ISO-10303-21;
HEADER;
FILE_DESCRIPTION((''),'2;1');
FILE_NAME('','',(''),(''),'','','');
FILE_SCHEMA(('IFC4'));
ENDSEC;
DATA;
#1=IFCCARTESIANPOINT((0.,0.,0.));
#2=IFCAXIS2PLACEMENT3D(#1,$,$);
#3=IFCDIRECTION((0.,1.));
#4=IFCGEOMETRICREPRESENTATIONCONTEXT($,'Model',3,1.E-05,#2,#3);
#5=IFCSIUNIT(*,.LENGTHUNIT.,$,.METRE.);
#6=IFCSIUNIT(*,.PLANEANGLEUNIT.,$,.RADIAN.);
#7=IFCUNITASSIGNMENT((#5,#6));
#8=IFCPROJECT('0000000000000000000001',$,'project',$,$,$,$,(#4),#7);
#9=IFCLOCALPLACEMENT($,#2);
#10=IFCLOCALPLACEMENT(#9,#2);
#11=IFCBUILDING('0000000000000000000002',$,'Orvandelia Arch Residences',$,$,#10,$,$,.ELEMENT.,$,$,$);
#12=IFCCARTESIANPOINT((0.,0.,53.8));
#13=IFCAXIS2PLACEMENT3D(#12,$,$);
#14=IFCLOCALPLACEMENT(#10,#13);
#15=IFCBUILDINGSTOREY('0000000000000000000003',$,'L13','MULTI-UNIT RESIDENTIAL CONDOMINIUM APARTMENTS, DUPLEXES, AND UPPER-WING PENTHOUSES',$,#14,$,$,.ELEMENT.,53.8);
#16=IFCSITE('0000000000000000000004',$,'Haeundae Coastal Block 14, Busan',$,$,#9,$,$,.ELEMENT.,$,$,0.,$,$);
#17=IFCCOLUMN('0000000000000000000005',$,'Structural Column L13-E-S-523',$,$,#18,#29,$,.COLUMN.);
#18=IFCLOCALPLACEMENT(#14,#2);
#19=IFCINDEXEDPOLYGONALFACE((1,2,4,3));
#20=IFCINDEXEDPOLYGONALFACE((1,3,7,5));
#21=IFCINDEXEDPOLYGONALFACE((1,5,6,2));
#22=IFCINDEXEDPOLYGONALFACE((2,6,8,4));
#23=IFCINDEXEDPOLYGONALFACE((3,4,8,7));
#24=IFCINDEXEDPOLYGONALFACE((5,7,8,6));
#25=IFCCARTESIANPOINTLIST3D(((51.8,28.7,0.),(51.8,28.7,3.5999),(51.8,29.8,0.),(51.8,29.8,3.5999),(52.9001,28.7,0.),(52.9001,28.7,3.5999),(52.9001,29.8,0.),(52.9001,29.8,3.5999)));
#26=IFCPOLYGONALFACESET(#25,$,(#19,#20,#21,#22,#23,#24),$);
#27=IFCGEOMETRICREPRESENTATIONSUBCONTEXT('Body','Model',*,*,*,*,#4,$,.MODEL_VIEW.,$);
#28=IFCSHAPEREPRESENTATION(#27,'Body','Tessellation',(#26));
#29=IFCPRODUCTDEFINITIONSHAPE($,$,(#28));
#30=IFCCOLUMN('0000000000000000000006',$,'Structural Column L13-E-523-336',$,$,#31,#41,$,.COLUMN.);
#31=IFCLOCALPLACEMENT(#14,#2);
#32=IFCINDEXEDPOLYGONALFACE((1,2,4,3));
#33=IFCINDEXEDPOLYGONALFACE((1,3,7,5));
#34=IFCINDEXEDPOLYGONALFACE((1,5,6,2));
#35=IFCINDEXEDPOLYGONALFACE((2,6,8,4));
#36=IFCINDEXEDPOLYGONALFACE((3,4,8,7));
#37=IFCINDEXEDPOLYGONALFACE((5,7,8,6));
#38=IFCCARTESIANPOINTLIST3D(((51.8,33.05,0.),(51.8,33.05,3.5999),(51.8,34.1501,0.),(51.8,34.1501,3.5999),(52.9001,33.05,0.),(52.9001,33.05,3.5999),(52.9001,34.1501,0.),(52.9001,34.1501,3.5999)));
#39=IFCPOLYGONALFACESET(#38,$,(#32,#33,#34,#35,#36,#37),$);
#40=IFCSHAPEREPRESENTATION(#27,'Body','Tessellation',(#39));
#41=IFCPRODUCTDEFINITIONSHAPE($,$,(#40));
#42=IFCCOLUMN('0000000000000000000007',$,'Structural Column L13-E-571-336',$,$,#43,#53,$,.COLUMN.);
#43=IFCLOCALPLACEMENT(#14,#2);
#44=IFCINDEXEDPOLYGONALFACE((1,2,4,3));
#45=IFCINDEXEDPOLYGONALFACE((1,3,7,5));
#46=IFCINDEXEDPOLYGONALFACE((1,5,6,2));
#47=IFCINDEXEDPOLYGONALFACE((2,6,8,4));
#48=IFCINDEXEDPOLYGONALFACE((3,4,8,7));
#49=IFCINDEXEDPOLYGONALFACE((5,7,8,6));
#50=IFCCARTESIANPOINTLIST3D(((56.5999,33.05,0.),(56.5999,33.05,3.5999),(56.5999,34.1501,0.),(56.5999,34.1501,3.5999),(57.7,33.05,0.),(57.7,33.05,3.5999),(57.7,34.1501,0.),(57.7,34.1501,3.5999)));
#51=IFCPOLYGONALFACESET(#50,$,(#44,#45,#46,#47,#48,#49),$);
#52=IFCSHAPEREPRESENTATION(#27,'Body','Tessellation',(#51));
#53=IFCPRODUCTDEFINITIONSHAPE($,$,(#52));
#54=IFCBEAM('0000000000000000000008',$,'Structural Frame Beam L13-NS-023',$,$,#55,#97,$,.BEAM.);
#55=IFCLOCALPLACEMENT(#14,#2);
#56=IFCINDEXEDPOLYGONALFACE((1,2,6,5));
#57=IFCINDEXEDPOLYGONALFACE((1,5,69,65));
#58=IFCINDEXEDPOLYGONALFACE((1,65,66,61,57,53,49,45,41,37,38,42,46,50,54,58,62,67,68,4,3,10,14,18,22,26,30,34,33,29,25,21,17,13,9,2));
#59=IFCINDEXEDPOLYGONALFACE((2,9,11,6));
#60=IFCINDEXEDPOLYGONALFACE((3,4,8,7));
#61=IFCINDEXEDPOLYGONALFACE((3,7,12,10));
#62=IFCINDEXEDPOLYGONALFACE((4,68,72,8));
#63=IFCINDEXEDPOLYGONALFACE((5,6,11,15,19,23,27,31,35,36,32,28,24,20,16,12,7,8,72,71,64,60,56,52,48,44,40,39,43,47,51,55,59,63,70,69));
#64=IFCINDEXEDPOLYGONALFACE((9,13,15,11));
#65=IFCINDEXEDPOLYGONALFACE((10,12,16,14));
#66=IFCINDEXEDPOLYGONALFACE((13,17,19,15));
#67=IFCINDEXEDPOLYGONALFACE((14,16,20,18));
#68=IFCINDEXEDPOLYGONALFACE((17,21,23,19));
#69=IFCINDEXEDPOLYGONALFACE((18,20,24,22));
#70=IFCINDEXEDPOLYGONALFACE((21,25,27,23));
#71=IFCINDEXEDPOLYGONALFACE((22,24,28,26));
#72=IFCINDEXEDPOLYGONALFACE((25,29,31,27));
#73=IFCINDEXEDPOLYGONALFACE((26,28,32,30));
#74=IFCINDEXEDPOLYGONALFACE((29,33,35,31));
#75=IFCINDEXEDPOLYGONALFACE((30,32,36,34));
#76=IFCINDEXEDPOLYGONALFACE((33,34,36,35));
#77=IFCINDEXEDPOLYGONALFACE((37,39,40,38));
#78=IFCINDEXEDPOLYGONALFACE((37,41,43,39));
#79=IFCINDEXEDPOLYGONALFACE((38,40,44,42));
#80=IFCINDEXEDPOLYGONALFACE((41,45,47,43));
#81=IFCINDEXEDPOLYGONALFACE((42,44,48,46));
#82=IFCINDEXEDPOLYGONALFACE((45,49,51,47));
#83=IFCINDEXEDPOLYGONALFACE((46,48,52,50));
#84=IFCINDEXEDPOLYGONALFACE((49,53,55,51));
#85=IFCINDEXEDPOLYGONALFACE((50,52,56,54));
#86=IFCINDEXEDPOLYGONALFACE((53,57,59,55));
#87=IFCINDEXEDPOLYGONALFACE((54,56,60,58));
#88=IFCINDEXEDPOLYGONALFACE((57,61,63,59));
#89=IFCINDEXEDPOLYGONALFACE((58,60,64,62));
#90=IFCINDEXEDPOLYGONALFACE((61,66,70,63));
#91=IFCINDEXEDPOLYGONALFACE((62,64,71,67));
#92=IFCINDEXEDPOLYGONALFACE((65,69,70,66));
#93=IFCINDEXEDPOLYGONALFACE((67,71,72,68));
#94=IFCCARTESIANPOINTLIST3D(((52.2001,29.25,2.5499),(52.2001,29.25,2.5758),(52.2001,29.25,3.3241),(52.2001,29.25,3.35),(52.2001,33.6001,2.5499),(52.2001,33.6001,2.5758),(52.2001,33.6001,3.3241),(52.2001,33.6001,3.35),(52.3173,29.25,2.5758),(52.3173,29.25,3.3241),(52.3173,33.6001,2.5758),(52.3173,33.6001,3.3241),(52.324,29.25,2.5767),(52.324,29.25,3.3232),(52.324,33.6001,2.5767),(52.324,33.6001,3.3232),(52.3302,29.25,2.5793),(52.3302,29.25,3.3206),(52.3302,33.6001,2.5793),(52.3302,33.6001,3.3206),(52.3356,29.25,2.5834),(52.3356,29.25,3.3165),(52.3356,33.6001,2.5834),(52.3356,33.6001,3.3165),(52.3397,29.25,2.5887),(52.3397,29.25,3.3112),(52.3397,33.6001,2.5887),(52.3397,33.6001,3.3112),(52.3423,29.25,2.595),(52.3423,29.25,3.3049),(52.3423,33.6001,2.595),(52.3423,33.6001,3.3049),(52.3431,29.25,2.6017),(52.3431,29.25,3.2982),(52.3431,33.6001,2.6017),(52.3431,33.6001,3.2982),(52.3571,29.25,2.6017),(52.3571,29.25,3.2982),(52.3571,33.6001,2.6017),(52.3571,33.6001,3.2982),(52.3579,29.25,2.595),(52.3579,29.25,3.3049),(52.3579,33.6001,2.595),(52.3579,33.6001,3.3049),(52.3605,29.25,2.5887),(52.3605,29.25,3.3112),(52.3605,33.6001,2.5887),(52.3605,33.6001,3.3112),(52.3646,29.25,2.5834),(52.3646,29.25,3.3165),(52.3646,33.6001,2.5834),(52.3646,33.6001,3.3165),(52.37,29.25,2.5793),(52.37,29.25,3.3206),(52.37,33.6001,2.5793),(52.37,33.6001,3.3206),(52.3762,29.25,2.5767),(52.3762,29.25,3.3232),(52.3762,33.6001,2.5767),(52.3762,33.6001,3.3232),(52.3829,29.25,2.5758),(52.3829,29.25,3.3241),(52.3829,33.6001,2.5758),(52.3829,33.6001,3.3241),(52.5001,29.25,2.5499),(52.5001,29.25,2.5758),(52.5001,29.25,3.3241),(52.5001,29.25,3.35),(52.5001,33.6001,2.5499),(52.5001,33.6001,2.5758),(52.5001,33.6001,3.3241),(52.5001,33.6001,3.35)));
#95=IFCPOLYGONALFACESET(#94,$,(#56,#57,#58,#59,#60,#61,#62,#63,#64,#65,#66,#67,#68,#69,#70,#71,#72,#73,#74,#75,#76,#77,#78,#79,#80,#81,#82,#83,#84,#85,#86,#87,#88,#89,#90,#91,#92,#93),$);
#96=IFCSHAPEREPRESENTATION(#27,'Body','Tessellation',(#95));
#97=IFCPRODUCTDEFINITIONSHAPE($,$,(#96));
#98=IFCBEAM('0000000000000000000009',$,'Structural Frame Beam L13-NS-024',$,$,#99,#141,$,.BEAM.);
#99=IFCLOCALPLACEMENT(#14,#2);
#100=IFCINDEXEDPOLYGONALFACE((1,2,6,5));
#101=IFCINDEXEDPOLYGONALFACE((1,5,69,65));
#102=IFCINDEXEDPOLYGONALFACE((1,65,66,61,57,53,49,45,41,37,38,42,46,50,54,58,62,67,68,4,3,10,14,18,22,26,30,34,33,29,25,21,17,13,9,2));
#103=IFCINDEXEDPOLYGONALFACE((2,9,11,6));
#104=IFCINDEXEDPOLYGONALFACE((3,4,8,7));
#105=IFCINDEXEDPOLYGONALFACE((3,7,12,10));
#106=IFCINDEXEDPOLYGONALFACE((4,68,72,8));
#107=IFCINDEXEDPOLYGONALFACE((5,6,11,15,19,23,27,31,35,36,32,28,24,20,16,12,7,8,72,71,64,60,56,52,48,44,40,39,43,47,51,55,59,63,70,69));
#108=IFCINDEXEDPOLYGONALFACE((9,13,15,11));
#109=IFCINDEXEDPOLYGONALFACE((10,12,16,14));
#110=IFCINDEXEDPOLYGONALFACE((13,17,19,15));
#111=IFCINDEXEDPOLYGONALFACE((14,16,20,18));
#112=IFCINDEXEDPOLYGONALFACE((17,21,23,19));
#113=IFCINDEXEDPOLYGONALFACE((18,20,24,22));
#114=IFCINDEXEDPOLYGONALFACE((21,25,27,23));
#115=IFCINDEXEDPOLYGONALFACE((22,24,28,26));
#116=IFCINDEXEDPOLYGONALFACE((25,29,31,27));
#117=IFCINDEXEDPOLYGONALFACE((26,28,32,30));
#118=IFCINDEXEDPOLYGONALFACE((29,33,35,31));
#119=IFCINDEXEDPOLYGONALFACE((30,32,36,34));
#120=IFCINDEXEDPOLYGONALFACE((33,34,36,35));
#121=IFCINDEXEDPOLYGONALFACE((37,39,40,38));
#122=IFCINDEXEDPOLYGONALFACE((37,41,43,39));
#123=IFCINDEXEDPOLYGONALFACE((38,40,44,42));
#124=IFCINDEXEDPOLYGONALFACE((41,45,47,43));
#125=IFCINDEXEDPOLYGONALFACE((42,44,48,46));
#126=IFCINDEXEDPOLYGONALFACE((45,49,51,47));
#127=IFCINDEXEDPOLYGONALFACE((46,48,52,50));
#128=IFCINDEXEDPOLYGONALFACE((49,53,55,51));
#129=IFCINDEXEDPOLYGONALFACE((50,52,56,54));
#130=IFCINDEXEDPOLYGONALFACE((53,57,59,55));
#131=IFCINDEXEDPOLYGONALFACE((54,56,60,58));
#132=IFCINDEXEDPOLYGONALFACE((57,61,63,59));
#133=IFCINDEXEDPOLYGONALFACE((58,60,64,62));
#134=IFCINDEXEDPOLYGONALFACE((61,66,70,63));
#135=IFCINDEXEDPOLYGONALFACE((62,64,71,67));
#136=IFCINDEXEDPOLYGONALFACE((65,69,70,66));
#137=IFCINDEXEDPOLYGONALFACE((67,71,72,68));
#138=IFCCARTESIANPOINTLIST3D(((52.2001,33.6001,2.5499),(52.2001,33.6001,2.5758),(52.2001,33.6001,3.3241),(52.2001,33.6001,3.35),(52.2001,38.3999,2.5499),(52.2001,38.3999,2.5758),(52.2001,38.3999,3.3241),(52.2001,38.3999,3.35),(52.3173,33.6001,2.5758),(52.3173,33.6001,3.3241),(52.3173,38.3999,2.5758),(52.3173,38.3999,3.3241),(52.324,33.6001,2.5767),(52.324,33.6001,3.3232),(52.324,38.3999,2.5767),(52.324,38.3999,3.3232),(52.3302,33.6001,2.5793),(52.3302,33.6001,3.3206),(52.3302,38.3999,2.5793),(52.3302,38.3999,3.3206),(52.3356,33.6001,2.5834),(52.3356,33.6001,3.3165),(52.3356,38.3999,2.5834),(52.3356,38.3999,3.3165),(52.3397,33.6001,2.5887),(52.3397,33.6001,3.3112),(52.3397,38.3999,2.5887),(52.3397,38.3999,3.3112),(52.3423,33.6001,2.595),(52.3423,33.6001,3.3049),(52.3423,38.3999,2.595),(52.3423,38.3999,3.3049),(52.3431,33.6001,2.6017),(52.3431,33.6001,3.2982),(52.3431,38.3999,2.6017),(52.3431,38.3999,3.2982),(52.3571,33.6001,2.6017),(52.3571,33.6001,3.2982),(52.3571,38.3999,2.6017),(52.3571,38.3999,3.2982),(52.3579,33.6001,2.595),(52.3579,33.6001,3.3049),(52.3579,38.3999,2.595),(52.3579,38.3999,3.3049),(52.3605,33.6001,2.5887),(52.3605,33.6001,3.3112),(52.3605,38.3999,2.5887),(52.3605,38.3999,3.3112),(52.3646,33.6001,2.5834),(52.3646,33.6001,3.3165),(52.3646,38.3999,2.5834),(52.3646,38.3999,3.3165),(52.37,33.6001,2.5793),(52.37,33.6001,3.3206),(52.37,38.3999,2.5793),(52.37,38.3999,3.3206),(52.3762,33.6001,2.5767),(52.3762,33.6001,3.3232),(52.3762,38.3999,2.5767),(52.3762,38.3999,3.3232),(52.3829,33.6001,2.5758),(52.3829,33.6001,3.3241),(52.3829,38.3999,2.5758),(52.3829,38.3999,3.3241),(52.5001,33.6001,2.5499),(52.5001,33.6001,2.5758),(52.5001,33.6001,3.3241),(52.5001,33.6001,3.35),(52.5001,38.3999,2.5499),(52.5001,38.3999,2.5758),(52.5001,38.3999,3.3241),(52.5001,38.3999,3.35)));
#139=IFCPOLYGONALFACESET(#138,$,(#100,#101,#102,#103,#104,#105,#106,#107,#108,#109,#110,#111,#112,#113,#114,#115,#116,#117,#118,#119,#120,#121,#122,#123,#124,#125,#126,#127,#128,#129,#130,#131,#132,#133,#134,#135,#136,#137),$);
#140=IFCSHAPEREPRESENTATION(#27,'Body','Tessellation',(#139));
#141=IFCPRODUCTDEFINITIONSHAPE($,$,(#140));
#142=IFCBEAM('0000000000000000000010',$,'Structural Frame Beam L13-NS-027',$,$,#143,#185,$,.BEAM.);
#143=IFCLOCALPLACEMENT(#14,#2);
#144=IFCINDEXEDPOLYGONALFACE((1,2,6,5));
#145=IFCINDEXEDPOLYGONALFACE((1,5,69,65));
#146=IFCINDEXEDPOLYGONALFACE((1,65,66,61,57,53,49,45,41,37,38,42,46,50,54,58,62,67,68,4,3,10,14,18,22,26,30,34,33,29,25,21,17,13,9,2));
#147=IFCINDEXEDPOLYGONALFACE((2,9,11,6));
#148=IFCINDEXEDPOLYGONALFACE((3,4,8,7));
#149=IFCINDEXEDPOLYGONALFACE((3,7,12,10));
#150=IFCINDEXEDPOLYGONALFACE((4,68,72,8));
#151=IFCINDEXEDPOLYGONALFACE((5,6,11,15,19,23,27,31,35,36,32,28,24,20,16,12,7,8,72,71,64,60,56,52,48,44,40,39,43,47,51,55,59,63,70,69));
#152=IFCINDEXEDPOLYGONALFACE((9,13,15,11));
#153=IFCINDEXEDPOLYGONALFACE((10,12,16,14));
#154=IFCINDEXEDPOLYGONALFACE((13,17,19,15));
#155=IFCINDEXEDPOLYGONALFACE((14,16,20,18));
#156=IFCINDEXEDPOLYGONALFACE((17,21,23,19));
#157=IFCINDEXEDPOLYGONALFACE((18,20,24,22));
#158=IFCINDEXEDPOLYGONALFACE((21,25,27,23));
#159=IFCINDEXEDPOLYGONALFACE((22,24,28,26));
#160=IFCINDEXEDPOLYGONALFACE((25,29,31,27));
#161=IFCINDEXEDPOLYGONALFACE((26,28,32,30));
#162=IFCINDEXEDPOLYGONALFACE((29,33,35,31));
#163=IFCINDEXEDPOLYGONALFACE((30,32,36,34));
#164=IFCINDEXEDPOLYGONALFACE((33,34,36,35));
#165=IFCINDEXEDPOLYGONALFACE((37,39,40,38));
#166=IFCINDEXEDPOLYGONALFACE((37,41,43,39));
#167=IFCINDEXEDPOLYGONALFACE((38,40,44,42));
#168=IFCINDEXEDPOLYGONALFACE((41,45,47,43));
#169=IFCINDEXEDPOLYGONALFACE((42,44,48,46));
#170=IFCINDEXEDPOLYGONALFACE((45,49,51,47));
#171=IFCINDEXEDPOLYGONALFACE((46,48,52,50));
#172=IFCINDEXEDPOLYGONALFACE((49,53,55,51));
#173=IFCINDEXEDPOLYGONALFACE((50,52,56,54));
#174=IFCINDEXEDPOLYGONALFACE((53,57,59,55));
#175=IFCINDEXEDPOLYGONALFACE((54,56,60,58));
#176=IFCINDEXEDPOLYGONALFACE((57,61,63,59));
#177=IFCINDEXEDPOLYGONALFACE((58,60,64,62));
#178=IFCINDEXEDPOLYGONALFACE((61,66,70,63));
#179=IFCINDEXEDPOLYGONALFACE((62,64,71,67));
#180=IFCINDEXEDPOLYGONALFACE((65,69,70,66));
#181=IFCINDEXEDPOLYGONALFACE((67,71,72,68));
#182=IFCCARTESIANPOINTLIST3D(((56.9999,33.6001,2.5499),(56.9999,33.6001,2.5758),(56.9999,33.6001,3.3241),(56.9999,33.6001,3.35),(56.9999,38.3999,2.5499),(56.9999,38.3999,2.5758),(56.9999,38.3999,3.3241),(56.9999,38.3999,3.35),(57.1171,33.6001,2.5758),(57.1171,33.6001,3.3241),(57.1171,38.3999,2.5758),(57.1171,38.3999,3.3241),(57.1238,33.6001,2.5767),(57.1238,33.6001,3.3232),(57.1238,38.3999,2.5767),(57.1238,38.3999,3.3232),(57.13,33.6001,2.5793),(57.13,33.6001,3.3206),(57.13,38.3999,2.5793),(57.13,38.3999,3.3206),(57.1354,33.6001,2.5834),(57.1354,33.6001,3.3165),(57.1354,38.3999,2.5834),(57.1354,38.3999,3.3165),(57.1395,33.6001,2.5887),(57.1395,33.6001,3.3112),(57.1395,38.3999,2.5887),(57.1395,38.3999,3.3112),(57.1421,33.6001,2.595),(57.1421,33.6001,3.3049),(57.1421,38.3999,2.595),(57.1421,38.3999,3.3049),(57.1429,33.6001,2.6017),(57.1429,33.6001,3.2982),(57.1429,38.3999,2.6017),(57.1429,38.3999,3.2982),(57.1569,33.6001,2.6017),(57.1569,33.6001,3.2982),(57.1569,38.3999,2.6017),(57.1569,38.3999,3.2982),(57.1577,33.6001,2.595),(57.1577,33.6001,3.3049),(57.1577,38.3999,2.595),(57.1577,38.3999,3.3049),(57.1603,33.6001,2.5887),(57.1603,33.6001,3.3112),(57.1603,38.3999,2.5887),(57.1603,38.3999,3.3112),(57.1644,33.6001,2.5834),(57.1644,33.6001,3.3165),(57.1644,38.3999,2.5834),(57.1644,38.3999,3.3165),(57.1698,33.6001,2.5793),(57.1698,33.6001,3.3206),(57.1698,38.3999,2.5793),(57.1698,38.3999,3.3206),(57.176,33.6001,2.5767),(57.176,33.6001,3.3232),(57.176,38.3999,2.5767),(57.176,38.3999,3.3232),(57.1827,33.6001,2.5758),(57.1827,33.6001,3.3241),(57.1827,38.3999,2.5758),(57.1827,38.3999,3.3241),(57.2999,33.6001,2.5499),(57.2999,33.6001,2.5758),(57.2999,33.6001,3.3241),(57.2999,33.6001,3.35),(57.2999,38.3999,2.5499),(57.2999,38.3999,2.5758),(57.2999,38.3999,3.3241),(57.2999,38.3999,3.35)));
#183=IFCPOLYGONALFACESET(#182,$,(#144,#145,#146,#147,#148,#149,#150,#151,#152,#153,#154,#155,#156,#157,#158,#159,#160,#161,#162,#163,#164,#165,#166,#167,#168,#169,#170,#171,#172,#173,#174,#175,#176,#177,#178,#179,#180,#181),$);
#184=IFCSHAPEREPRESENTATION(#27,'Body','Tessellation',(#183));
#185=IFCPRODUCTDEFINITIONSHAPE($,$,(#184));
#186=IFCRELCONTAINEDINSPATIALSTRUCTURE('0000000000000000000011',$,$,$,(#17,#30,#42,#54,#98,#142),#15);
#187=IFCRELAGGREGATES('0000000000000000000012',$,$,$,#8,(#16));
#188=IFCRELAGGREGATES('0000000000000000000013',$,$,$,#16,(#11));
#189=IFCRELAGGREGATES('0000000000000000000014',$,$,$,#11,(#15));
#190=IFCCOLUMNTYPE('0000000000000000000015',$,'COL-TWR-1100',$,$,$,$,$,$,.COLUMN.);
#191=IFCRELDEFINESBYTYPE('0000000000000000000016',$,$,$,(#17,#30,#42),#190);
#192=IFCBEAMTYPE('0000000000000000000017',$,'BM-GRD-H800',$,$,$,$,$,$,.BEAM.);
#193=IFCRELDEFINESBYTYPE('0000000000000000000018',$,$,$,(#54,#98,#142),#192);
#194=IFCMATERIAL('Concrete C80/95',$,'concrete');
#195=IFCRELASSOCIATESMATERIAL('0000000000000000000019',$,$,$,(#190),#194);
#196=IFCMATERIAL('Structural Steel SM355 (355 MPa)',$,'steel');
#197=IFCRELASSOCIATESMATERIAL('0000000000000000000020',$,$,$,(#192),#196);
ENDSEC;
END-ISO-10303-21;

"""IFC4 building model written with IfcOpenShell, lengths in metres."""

from ifc_helpers import new_model, si_unit, direction, frame, origin, origin_2d, place, context, subcontext, project, spatial, rectangle, i_section, extrude, material, material_profile, profile_set, type_object, element, save


model = new_model("IFC4")

# Units and contexts
model_context = context("Model", 3, precision=1e-05, world=origin(), true_north=direction((0.0, 1.0)))
body_context = subcontext(model_context, "Body", "Model", "MODEL_VIEW")
ifc_project = project(units=[si_unit("LENGTHUNIT", "METRE"), si_unit("PLANEANGLEUNIT", "RADIAN")], contexts=[model_context])

# Site, building, storey
site_placement = place(None, origin())
site = spatial("IfcSite", under=ifc_project, at=site_placement, Name="Haeundae Coastal Block 14, Busan", CompositionType="ELEMENT", RefElevation=0.0)
building_placement = place(site_placement, origin())
building = spatial("IfcBuilding", under=site, at=building_placement, Name="Orvandelia Arch Residences", CompositionType="ELEMENT")
storey_placement = place(building_placement, frame((0.0, 0.0, 53.8)))
storey = spatial("IfcBuildingStorey", under=building, at=storey_placement, Name="L13", Description="MULTI-UNIT RESIDENTIAL CONDOMINIUM APARTMENTS, DUPLEXES, AND UPPER-WING PENTHOUSES", CompositionType="ELEMENT", Elevation=53.8)

# Columns
ifc_material_1 = material(Name="Concrete C80/95", Category="concrete")
ifc_material_profile_1 = material_profile(ifc_material_1, rectangle(XDim=1.1001, YDim=1.1001, at=origin_2d()), Name="Concrete C80/95", Category="concrete")
ifc_profile_set_1 = profile_set([ifc_material_profile_1], Name="Concrete C80/95")
column_type = type_object("IfcColumnType", Name="COL-TWR-1100", PredefinedType="COLUMN", material=ifc_profile_set_1)
for number, where, z_axis, x_axis, name in (
    (1, (52.3501, 29.25, 0.0), (0.0, 0.0, 1.0), (1.0, 0.0, 0.0), "Structural Column L13-E-S-523"),
    (2, (52.3501, 33.6001, 0.0), (0.0, 0.0, 1.0), (1.0, 0.0, 0.0), "Structural Column L13-E-523-336"),
    (3, (57.1499, 33.6001, 0.0), (0.0, 0.0, 1.0), (1.0, 0.0, 0.0), "Structural Column L13-E-571-336"),
):
    element("IfcColumn", number, at=place(storey_placement, frame(where, z_axis=z_axis, x_axis=x_axis)), inside=storey, type_object=column_type, Name=name, PredefinedType="COLUMN", context=body_context, shape_type="SweptSolid", body=[
        extrude(rectangle(XDim=1.1001, YDim=1.1001, at=origin_2d()), origin(), (0.0, 0.0, 1.0), 3.5999),
    ])

# Beams
ifc_material_2 = material(Name="Structural Steel SM355 (355 MPa)", Category="steel")
ifc_material_profile_2 = material_profile(ifc_material_2, i_section(OverallWidth=0.3, OverallDepth=0.8, WebThickness=0.0139, FlangeThickness=0.0259, FilletRadius=0.0259, at=origin_2d()), Name="Structural Steel SM355 (355 MPa)", Category="steel")
ifc_profile_set_2 = profile_set([ifc_material_profile_2], Name="Structural Steel SM355 (355 MPa)")
beam_type = type_object("IfcBeamType", Name="BM-GRD-H800", PredefinedType="BEAM", material=ifc_profile_set_2)
beam_placement = place(storey_placement, frame((52.3501, 29.25, 2.95), z_axis=(0.0, 1.0, 0.0), x_axis=(-1.0, 0.0, 0.0)))
element("IfcBeam", 4, at=beam_placement, inside=storey, type_object=beam_type, Name="Structural Frame Beam L13-NS-023", PredefinedType="BEAM", context=body_context, shape_type="SweptSolid", body=[
    extrude(i_section(OverallWidth=0.3, OverallDepth=0.8, WebThickness=0.0139, FlangeThickness=0.0259, FilletRadius=0.0259, at=origin_2d()), origin(), (0.0, 0.0, 1.0), 4.3501),
])
for number, where, z_axis, x_axis, name in (
    (5, (52.3501, 33.6001, 2.95), (0.0, 1.0, 0.0), (-1.0, 0.0, 0.0), "Structural Frame Beam L13-NS-024"),
    (6, (57.1499, 33.6001, 2.95), (0.0, 1.0, 0.0), (-1.0, 0.0, 0.0), "Structural Frame Beam L13-NS-027"),
):
    element("IfcBeam", number, at=place(storey_placement, frame(where, z_axis=z_axis, x_axis=x_axis)), inside=storey, type_object=beam_type, Name=name, PredefinedType="BEAM", context=body_context, shape_type="SweptSolid", body=[
        extrude(i_section(OverallWidth=0.3, OverallDepth=0.8, WebThickness=0.0139, FlangeThickness=0.0259, FilletRadius=0.0259, at=origin_2d()), origin(), (0.0, 0.0, 1.0), 4.7998),
    ])

save(model, "model.ifc")
